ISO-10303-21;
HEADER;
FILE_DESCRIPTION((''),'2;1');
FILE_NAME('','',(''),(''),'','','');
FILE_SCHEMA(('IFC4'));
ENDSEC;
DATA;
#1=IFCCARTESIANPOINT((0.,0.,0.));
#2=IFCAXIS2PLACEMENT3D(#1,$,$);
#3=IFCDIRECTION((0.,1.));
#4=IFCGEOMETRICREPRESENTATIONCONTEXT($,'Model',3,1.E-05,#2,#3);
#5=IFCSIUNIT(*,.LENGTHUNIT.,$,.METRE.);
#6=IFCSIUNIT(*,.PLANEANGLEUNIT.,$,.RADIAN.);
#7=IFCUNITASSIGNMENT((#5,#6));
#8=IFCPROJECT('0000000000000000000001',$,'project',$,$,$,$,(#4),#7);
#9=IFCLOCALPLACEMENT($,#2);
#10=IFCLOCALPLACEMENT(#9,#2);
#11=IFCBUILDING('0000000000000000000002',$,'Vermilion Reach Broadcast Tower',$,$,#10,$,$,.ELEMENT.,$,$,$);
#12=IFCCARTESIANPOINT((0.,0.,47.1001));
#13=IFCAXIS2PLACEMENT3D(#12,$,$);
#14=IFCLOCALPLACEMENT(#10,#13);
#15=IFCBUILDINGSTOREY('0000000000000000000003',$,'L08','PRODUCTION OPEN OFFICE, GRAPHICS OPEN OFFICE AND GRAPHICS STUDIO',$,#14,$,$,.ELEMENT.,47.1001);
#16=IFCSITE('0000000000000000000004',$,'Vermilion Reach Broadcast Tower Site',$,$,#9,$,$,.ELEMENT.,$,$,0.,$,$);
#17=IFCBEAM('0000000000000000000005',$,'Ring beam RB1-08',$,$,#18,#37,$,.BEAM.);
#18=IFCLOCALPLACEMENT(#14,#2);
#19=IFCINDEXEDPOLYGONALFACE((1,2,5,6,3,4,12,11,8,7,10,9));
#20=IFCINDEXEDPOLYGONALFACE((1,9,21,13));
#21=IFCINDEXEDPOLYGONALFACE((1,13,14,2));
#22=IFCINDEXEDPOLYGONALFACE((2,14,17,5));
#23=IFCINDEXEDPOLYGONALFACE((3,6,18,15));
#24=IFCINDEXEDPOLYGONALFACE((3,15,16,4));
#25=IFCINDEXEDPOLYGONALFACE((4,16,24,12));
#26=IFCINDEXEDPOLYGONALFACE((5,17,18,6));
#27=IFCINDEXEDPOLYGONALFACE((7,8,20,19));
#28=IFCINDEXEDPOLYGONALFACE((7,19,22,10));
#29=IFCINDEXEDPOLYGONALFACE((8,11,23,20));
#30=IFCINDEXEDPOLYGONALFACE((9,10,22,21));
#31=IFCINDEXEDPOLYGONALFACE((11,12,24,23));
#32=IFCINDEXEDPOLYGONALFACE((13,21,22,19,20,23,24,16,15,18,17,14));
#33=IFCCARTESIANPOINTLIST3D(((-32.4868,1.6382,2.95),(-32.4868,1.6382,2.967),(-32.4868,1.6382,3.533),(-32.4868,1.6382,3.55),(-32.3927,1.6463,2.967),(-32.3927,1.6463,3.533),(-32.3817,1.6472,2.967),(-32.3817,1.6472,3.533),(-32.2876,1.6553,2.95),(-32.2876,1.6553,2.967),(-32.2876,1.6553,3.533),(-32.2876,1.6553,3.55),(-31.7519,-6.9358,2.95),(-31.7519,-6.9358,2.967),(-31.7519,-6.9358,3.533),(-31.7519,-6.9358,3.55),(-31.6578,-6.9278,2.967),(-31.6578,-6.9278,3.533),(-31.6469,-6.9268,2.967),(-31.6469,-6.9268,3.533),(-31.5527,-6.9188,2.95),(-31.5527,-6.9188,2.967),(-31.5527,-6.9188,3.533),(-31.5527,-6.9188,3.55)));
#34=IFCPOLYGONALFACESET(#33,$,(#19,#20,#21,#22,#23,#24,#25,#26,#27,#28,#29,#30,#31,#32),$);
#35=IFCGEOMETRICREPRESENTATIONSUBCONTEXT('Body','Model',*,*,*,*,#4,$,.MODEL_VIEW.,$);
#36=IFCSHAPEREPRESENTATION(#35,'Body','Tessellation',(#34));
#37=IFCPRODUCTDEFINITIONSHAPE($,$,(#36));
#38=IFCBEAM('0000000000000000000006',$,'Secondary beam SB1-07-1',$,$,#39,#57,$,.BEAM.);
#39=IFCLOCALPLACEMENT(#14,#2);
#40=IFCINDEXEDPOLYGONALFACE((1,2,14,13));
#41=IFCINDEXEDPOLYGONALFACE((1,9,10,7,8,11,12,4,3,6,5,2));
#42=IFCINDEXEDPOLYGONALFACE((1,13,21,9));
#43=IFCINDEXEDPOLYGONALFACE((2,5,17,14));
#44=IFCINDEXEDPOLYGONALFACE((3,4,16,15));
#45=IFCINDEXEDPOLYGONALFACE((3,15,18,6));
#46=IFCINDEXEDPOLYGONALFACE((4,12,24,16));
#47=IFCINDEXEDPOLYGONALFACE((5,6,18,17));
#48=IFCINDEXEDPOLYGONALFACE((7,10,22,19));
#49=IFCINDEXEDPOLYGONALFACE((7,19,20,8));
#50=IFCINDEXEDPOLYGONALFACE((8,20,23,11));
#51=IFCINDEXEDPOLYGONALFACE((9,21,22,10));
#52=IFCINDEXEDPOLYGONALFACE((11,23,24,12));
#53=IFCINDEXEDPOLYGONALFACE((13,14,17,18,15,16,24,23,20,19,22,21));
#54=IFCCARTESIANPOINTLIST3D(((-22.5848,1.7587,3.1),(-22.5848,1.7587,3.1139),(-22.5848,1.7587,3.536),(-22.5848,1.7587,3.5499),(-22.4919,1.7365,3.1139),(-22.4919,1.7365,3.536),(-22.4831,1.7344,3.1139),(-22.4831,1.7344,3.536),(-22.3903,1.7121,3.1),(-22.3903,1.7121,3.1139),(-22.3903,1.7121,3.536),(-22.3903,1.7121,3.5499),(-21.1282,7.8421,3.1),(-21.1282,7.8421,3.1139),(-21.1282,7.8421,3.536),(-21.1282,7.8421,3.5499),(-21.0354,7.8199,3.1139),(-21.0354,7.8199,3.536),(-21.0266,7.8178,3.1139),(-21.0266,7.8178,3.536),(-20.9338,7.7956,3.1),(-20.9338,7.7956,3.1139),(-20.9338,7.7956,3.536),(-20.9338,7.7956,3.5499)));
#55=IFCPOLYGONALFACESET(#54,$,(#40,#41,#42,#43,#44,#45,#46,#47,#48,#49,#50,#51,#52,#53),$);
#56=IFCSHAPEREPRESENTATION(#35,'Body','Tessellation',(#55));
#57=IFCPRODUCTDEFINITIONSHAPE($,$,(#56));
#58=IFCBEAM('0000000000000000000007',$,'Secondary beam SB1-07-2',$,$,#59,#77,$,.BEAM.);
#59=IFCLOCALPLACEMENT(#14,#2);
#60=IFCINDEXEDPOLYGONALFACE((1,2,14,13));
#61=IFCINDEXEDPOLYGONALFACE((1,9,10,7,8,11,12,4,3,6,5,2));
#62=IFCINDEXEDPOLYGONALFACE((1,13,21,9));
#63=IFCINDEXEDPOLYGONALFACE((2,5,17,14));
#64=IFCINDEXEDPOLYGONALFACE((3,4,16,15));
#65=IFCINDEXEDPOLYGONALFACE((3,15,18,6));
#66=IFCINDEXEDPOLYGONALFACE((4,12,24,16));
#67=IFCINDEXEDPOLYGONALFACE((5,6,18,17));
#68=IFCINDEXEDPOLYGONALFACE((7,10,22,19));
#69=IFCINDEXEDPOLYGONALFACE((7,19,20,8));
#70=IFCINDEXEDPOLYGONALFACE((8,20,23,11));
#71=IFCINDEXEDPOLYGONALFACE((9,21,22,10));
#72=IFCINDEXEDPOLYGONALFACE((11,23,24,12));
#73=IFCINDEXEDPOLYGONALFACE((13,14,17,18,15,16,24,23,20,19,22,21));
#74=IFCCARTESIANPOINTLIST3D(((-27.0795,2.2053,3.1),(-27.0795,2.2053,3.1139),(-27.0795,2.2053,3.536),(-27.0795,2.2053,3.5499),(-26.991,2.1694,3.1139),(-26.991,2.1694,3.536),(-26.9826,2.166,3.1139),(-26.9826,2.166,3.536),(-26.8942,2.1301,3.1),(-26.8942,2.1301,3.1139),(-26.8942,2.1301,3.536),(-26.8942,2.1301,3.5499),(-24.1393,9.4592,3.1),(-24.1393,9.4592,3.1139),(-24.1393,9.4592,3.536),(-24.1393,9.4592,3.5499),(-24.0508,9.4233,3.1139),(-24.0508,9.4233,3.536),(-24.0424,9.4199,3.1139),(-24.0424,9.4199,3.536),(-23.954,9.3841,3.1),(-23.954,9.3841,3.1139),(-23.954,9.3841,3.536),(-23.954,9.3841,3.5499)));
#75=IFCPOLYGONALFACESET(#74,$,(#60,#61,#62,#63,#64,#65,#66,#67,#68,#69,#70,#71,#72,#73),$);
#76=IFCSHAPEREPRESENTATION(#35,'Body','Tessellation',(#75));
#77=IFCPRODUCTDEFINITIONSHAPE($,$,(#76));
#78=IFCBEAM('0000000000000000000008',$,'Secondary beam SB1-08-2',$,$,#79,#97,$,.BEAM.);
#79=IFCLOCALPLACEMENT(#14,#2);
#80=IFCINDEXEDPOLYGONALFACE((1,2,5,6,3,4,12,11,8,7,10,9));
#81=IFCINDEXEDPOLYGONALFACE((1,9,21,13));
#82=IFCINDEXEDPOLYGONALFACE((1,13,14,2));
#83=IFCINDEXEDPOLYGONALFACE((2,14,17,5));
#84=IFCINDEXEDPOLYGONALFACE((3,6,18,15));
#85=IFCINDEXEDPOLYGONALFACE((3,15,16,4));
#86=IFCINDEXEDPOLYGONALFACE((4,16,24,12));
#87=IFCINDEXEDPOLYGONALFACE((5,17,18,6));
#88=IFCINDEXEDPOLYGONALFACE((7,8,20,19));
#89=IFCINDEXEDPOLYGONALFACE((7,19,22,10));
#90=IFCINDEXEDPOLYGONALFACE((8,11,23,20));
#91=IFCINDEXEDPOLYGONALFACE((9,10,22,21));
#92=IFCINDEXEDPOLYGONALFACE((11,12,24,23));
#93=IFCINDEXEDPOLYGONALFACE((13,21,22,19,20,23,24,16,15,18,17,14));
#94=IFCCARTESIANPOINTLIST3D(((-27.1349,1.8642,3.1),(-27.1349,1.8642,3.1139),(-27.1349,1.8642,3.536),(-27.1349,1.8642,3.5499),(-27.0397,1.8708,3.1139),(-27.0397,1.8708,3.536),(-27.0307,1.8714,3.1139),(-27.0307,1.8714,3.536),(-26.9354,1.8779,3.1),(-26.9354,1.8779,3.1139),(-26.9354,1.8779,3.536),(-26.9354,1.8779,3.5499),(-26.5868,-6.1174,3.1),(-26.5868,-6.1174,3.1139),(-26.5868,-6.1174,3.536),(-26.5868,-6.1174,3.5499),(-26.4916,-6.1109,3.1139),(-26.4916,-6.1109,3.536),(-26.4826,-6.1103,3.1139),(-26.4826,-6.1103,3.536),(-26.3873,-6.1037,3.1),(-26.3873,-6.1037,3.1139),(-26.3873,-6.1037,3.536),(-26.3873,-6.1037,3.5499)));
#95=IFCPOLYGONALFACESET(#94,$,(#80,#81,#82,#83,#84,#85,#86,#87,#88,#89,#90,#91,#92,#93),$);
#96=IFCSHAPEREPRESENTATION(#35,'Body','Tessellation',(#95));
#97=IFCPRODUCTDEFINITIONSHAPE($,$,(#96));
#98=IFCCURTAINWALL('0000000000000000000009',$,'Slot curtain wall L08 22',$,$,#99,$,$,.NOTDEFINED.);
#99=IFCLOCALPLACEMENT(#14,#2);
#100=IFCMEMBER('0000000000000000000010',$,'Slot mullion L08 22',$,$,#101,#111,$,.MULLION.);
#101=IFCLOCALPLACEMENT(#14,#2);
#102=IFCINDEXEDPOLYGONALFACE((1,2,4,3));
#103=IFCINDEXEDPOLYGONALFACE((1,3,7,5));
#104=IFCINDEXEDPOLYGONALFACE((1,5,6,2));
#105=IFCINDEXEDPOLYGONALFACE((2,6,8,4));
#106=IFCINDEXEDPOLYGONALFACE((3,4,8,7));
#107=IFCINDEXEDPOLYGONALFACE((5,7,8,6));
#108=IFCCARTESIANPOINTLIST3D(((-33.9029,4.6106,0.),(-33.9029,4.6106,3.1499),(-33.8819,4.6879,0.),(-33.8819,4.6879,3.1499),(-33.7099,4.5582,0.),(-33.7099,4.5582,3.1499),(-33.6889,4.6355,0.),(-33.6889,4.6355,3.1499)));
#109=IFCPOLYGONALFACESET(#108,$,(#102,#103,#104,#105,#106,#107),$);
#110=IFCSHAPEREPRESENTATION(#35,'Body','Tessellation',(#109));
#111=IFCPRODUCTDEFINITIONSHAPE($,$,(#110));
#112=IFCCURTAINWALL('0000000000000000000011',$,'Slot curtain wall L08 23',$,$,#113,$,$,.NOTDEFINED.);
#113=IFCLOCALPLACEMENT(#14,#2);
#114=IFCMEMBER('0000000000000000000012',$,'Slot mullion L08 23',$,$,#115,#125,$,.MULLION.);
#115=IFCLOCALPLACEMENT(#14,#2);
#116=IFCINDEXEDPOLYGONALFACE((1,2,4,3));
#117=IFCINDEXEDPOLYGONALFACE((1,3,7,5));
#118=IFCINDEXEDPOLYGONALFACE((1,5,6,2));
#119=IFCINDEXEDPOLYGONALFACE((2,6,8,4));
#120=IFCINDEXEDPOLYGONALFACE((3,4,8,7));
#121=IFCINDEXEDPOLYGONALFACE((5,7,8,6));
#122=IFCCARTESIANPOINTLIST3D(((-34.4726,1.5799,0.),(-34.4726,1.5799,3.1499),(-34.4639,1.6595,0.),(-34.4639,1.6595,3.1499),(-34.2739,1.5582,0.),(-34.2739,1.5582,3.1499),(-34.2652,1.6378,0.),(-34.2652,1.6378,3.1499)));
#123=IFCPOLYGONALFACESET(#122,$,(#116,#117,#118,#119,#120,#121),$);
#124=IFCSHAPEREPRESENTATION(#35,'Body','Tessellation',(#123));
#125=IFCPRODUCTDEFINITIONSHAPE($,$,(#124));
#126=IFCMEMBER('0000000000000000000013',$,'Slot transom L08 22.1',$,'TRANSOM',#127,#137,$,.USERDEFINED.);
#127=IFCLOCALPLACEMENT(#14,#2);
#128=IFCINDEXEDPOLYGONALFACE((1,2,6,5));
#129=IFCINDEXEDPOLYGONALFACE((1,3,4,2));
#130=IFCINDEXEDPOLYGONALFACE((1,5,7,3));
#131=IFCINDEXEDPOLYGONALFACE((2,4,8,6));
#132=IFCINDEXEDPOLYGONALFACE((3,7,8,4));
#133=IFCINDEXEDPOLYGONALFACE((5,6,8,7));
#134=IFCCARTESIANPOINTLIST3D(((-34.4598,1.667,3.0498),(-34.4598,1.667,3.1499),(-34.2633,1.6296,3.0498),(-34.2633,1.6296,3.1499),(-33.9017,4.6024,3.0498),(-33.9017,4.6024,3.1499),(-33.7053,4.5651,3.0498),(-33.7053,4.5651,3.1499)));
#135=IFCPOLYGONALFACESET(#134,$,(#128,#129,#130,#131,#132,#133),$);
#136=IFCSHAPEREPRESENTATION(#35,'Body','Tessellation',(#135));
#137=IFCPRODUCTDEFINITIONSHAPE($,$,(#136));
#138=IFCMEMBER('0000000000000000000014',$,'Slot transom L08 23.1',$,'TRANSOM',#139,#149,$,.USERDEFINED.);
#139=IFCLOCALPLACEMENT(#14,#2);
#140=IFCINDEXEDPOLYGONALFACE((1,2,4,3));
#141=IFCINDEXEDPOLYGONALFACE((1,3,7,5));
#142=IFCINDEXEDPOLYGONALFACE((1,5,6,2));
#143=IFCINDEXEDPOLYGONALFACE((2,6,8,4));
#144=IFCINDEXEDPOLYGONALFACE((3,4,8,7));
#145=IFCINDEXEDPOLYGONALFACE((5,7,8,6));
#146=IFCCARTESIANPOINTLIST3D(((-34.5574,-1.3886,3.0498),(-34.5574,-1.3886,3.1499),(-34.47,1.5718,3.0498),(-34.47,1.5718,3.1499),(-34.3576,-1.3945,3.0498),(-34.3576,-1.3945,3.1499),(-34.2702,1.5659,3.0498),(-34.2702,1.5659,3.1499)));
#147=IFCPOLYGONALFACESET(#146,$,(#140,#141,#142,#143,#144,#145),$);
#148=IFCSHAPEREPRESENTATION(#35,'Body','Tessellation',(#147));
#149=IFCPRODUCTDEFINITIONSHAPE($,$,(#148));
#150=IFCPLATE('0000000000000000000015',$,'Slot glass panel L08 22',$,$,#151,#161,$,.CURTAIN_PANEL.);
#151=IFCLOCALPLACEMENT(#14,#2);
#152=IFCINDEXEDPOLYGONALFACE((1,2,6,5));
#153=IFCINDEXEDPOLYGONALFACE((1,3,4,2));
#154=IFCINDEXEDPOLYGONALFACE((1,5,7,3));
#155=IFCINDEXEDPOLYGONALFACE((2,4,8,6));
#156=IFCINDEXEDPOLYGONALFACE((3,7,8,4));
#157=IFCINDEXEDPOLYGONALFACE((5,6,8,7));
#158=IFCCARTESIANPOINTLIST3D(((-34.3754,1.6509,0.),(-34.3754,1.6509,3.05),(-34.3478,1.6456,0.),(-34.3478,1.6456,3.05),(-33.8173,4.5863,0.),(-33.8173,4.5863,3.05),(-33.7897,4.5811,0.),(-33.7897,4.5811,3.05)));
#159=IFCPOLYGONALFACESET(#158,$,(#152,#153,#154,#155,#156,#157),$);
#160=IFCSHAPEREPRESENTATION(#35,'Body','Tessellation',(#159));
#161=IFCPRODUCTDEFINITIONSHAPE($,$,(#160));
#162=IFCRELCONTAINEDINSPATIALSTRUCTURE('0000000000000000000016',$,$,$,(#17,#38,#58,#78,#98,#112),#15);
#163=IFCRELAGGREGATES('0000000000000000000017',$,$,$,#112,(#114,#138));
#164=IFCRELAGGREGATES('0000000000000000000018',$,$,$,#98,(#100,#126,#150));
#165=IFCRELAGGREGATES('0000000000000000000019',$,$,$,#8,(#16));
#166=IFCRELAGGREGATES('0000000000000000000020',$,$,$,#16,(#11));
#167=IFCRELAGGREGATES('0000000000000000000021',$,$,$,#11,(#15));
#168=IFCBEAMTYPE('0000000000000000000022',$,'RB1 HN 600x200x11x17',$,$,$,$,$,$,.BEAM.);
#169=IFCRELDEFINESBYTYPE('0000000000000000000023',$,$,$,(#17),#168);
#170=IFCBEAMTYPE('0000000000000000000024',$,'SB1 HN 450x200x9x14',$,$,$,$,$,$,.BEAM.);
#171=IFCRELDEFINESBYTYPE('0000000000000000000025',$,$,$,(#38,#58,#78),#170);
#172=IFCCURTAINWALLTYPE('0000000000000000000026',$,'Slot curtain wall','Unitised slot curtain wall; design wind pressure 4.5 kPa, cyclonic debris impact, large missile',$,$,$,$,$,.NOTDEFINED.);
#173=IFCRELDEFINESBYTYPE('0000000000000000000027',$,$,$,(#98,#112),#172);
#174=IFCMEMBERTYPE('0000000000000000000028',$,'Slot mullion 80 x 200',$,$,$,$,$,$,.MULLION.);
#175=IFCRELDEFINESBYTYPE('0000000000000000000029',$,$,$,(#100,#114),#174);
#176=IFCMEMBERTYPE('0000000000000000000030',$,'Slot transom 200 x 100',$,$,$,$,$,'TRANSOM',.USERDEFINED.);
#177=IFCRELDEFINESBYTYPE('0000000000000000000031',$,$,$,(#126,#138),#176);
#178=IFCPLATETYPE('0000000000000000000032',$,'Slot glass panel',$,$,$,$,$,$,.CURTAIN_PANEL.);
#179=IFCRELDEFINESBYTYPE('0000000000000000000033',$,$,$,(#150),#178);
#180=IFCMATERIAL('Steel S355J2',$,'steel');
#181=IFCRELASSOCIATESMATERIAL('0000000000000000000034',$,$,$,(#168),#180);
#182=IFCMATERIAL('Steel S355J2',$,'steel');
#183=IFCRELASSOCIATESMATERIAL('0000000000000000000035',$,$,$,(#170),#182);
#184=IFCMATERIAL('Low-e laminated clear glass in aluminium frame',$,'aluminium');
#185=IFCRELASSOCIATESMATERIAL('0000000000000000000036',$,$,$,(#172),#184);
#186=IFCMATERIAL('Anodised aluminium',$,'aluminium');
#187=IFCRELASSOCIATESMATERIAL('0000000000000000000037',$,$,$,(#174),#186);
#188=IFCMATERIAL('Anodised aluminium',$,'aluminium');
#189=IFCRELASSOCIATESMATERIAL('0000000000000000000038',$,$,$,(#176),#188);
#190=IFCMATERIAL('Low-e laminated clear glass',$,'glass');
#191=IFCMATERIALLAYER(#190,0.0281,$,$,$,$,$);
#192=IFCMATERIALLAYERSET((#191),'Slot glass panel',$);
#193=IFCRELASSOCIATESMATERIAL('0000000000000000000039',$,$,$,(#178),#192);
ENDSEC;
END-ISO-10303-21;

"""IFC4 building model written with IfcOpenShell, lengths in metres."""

from ifc_helpers import new_model, si_unit, direction, frame, origin, origin_2d, place, context, subcontext, project, spatial, rectangle, i_section, extrude, material, layer, layer_set, material_profile, profile_set, type_object, element, aggregate, save


model = new_model("IFC4")

# Units and contexts
model_context = context("Model", 3, precision=1e-05, world=origin(), true_north=direction((0.0, 1.0)))
body_context = subcontext(model_context, "Body", "Model", "MODEL_VIEW")
ifc_project = project(units=[si_unit("LENGTHUNIT", "METRE"), si_unit("PLANEANGLEUNIT", "RADIAN")], contexts=[model_context])

# Site, building, storey
site_placement = place(None, origin())
site = spatial("IfcSite", under=ifc_project, at=site_placement, Name="Vermilion Reach Broadcast Tower Site", CompositionType="ELEMENT", RefElevation=0.0)
building_placement = place(site_placement, origin())
building = spatial("IfcBuilding", under=site, at=building_placement, Name="Vermilion Reach Broadcast Tower", CompositionType="ELEMENT")
storey_placement = place(building_placement, frame((0.0, 0.0, 47.1001)))
storey = spatial("IfcBuildingStorey", under=building, at=storey_placement, Name="L08", Description="PRODUCTION OPEN OFFICE, GRAPHICS OPEN OFFICE AND GRAPHICS STUDIO", CompositionType="ELEMENT", Elevation=47.1001)

# Beams
ifc_material_1 = material(Name="Steel S355J2", Category="steel")
ifc_material_profile_1 = material_profile(ifc_material_1, i_section(OverallWidth=0.2, OverallDepth=0.6001, WebThickness=0.011, FlangeThickness=0.0171, at=origin_2d()), Name="S355J2 HN 600x200x11x17")
ifc_profile_set_1 = profile_set([ifc_material_profile_1], Name="Steel S355J2")
beam_type_1 = type_object("IfcBeamType", Name="RB1 HN 600x200x11x17", PredefinedType="BEAM", material=ifc_profile_set_1)
beam_1_placement = place(storey_placement, frame((-32.3872, 1.6467, 3.25), z_axis=(0.085396, -0.996347, 0.0), x_axis=(0.996347, 0.085396, 0.0)))
element("IfcBeam", 1, at=beam_1_placement, inside=storey, type_object=beam_type_1, Name="Ring beam RB1-08", PredefinedType="BEAM", context=body_context, shape_type="SweptSolid", body=[
    extrude(i_section(OverallWidth=0.2, OverallDepth=0.6001, WebThickness=0.011, FlangeThickness=0.0171, at=origin_2d()), origin(), (0.0, 0.0, 1.0), 8.6055),
])
ifc_material_2 = material(Name="Steel S355J2", Category="steel")
ifc_material_profile_2 = material_profile(ifc_material_2, i_section(OverallWidth=0.2, OverallDepth=0.45, WebThickness=0.009, FlangeThickness=0.0139, at=origin_2d()), Name="S355J2 HN 450x200x9x14")
ifc_profile_set_2 = profile_set([ifc_material_profile_2], Name="Steel S355J2")
beam_type_2 = type_object("IfcBeamType", Name="SB1 HN 450x200x9x14", PredefinedType="BEAM", material=ifc_profile_set_2)
beam_2_placement = place(storey_placement, frame((-21.031, 7.8188, 3.325), z_axis=(-0.232844, -0.972514, 0.0), x_axis=(0.972514, -0.232844, 0.0)))
element("IfcBeam", 2, at=beam_2_placement, inside=storey, type_object=beam_type_2, Name="Secondary beam SB1-07-1", PredefinedType="BEAM", context=body_context, shape_type="SweptSolid", body=[
    extrude(i_section(OverallWidth=0.2, OverallDepth=0.45, WebThickness=0.009, FlangeThickness=0.0139, at=origin_2d()), origin(), (0.0, 0.0, 1.0), 6.2554),
])
beam_3_placement = place(storey_placement, frame((-24.0466, 9.4216, 3.325), z_axis=(-0.375641, -0.926765, 0.0), x_axis=(0.926765, -0.375641, 0.0)))
element("IfcBeam", 3, at=beam_3_placement, inside=storey, type_object=beam_type_2, Name="Secondary beam SB1-07-2", PredefinedType="BEAM", context=body_context, shape_type="SweptSolid", body=[
    extrude(i_section(OverallWidth=0.2, OverallDepth=0.45, WebThickness=0.009, FlangeThickness=0.0139, at=origin_2d()), origin(), (0.0, 0.0, 1.0), 7.8271),
])
beam_4_placement = place(storey_placement, frame((-27.0352, 1.8711, 3.325), z_axis=(0.068508, -0.997651, 0.0), x_axis=(0.997651, 0.068508, 0.0)))
element("IfcBeam", 4, at=beam_4_placement, inside=storey, type_object=beam_type_2, Name="Secondary beam SB1-08-2", PredefinedType="BEAM", context=body_context, shape_type="SweptSolid", body=[
    extrude(i_section(OverallWidth=0.2, OverallDepth=0.45, WebThickness=0.009, FlangeThickness=0.0139, at=origin_2d()), origin(), (0.0, 0.0, 1.0), 8.0005),
])

# Curtain walls, members
ifc_material_3 = material(Name="Low-e laminated clear glass in aluminium frame", Category="aluminium")
curtain_wall_type = type_object("IfcCurtainWallType", Name="Slot curtain wall", Description="Unitised slot curtain wall; design wind pressure 4.5 kPa, cyclonic debris impact, large missile", PredefinedType="NOTDEFINED", material=ifc_material_3)
placement = place(storey_placement, origin())
curtain_wall_1 = element("IfcCurtainWall", 5, at=placement, inside=storey, type_object=curtain_wall_type, Name="Slot curtain wall L08 22", PredefinedType="NOTDEFINED")
ifc_material_4 = material(Name="Anodised aluminium", Category="aluminium")
ifc_material_profile_3 = material_profile(ifc_material_4, rectangle(XDim=0.2, YDim=0.0801, at=origin_2d()), Name="Slot mullion 80 x 200")
ifc_profile_set_3 = profile_set([ifc_material_profile_3], Name="Anodised aluminium")
member_type_1 = type_object("IfcMemberType", Name="Slot mullion 80 x 200", PredefinedType="MULLION", material=ifc_profile_set_3)
member_1_placement = place(storey_placement, frame((-33.7959, 4.623, 0.0), z_axis=(0.0, 0.0, 1.0), x_axis=(0.965047, -0.262079, 0.0)))
member_1 = element("IfcMember", 6, at=member_1_placement, type_object=member_type_1, Name="Slot mullion L08 22", PredefinedType="MULLION", context=body_context, shape_type="SweptSolid", body=[
    extrude(rectangle(XDim=0.2, YDim=0.0801, at=origin_2d()), origin(), (0.0, 0.0, 1.0), 3.1499),
])
curtain_wall_2 = element("IfcCurtainWall", 7, at=placement, inside=storey, type_object=curtain_wall_type, Name="Slot curtain wall L08 23", PredefinedType="NOTDEFINED")
member_2_placement = place(storey_placement, frame((-34.3689, 1.6089, 0.0), z_axis=(0.0, 0.0, 1.0), x_axis=(0.994096, -0.1085, 0.0)))
member_2 = element("IfcMember", 8, at=member_2_placement, type_object=member_type_1, Name="Slot mullion L08 23", PredefinedType="MULLION", context=body_context, shape_type="SweptSolid", body=[
    extrude(rectangle(XDim=0.2, YDim=0.0801, at=origin_2d()), origin(), (0.0, 0.0, 1.0), 3.1499),
])

# Members
ifc_material_5 = material(Name="Anodised aluminium", Category="aluminium")
ifc_material_profile_4 = material_profile(ifc_material_5, rectangle(XDim=0.2, YDim=0.1001, at=origin_2d()), Name="Slot transom 200 x 100")
ifc_profile_set_4 = profile_set([ifc_material_profile_4], Name="Anodised aluminium")
member_type_2 = type_object("IfcMemberType", Name="Slot transom 200 x 100", ElementType="TRANSOM", PredefinedType="USERDEFINED", material=ifc_profile_set_4)
member_3_placement = place(storey_placement, frame((-33.8035, 4.5837, 3.0999), z_axis=(-0.186774, -0.982403, 0.0), x_axis=(0.982403, -0.186774, 0.0)))
member_3 = element("IfcMember", 9, at=member_3_placement, type_object=member_type_2, Name="Slot transom L08 22.1", ObjectType="TRANSOM", PredefinedType="USERDEFINED", context=body_context, shape_type="SweptSolid", body=[
    extrude(rectangle(XDim=0.2, YDim=0.1001, at=origin_2d()), origin(), (0.0, 0.0, 1.0), 2.988),
])
member_4_placement = place(storey_placement, frame((-34.3701, 1.5688, 3.0999), z_axis=(-0.02951, -0.999564, 0.0), x_axis=(0.999564, -0.02951, 0.0)))
member_4 = element("IfcMember", 10, at=member_4_placement, type_object=member_type_2, Name="Slot transom L08 23.1", ObjectType="TRANSOM", PredefinedType="USERDEFINED", context=body_context, shape_type="SweptSolid", body=[
    extrude(rectangle(XDim=0.2, YDim=0.1001, at=origin_2d()), origin(), (0.0, 0.0, 1.0), 2.9617),
])
aggregate(curtain_wall_2, [member_2, member_4])

# Plate
ifc_material_6 = material(Name="Low-e laminated clear glass", Category="glass")
ifc_layer_1 = layer(ifc_material_6, 0.0281)
ifc_layer_set_1 = layer_set([ifc_layer_1], Name="Slot glass panel")
plate_type = type_object("IfcPlateType", Name="Slot glass panel", PredefinedType="CURTAIN_PANEL", material=ifc_layer_set_1)
plate_placement = place(storey_placement, frame((-34.0825, 3.116, 0.0), z_axis=(0.0, 0.0, 1.0), x_axis=(-0.186773, -0.982403, 0.0)))
plate = element("IfcPlate", 11, at=plate_placement, type_object=plate_type, Name="Slot glass panel L08 22", PredefinedType="CURTAIN_PANEL", context=body_context, shape_type="SweptSolid", body=[
    extrude(rectangle(XDim=2.988, YDim=0.0281, at=origin_2d()), origin(), (0.0, 0.0, 1.0), 3.05),
])
aggregate(curtain_wall_1, [member_1, member_3, plate])

save(model, "model.ifc")
